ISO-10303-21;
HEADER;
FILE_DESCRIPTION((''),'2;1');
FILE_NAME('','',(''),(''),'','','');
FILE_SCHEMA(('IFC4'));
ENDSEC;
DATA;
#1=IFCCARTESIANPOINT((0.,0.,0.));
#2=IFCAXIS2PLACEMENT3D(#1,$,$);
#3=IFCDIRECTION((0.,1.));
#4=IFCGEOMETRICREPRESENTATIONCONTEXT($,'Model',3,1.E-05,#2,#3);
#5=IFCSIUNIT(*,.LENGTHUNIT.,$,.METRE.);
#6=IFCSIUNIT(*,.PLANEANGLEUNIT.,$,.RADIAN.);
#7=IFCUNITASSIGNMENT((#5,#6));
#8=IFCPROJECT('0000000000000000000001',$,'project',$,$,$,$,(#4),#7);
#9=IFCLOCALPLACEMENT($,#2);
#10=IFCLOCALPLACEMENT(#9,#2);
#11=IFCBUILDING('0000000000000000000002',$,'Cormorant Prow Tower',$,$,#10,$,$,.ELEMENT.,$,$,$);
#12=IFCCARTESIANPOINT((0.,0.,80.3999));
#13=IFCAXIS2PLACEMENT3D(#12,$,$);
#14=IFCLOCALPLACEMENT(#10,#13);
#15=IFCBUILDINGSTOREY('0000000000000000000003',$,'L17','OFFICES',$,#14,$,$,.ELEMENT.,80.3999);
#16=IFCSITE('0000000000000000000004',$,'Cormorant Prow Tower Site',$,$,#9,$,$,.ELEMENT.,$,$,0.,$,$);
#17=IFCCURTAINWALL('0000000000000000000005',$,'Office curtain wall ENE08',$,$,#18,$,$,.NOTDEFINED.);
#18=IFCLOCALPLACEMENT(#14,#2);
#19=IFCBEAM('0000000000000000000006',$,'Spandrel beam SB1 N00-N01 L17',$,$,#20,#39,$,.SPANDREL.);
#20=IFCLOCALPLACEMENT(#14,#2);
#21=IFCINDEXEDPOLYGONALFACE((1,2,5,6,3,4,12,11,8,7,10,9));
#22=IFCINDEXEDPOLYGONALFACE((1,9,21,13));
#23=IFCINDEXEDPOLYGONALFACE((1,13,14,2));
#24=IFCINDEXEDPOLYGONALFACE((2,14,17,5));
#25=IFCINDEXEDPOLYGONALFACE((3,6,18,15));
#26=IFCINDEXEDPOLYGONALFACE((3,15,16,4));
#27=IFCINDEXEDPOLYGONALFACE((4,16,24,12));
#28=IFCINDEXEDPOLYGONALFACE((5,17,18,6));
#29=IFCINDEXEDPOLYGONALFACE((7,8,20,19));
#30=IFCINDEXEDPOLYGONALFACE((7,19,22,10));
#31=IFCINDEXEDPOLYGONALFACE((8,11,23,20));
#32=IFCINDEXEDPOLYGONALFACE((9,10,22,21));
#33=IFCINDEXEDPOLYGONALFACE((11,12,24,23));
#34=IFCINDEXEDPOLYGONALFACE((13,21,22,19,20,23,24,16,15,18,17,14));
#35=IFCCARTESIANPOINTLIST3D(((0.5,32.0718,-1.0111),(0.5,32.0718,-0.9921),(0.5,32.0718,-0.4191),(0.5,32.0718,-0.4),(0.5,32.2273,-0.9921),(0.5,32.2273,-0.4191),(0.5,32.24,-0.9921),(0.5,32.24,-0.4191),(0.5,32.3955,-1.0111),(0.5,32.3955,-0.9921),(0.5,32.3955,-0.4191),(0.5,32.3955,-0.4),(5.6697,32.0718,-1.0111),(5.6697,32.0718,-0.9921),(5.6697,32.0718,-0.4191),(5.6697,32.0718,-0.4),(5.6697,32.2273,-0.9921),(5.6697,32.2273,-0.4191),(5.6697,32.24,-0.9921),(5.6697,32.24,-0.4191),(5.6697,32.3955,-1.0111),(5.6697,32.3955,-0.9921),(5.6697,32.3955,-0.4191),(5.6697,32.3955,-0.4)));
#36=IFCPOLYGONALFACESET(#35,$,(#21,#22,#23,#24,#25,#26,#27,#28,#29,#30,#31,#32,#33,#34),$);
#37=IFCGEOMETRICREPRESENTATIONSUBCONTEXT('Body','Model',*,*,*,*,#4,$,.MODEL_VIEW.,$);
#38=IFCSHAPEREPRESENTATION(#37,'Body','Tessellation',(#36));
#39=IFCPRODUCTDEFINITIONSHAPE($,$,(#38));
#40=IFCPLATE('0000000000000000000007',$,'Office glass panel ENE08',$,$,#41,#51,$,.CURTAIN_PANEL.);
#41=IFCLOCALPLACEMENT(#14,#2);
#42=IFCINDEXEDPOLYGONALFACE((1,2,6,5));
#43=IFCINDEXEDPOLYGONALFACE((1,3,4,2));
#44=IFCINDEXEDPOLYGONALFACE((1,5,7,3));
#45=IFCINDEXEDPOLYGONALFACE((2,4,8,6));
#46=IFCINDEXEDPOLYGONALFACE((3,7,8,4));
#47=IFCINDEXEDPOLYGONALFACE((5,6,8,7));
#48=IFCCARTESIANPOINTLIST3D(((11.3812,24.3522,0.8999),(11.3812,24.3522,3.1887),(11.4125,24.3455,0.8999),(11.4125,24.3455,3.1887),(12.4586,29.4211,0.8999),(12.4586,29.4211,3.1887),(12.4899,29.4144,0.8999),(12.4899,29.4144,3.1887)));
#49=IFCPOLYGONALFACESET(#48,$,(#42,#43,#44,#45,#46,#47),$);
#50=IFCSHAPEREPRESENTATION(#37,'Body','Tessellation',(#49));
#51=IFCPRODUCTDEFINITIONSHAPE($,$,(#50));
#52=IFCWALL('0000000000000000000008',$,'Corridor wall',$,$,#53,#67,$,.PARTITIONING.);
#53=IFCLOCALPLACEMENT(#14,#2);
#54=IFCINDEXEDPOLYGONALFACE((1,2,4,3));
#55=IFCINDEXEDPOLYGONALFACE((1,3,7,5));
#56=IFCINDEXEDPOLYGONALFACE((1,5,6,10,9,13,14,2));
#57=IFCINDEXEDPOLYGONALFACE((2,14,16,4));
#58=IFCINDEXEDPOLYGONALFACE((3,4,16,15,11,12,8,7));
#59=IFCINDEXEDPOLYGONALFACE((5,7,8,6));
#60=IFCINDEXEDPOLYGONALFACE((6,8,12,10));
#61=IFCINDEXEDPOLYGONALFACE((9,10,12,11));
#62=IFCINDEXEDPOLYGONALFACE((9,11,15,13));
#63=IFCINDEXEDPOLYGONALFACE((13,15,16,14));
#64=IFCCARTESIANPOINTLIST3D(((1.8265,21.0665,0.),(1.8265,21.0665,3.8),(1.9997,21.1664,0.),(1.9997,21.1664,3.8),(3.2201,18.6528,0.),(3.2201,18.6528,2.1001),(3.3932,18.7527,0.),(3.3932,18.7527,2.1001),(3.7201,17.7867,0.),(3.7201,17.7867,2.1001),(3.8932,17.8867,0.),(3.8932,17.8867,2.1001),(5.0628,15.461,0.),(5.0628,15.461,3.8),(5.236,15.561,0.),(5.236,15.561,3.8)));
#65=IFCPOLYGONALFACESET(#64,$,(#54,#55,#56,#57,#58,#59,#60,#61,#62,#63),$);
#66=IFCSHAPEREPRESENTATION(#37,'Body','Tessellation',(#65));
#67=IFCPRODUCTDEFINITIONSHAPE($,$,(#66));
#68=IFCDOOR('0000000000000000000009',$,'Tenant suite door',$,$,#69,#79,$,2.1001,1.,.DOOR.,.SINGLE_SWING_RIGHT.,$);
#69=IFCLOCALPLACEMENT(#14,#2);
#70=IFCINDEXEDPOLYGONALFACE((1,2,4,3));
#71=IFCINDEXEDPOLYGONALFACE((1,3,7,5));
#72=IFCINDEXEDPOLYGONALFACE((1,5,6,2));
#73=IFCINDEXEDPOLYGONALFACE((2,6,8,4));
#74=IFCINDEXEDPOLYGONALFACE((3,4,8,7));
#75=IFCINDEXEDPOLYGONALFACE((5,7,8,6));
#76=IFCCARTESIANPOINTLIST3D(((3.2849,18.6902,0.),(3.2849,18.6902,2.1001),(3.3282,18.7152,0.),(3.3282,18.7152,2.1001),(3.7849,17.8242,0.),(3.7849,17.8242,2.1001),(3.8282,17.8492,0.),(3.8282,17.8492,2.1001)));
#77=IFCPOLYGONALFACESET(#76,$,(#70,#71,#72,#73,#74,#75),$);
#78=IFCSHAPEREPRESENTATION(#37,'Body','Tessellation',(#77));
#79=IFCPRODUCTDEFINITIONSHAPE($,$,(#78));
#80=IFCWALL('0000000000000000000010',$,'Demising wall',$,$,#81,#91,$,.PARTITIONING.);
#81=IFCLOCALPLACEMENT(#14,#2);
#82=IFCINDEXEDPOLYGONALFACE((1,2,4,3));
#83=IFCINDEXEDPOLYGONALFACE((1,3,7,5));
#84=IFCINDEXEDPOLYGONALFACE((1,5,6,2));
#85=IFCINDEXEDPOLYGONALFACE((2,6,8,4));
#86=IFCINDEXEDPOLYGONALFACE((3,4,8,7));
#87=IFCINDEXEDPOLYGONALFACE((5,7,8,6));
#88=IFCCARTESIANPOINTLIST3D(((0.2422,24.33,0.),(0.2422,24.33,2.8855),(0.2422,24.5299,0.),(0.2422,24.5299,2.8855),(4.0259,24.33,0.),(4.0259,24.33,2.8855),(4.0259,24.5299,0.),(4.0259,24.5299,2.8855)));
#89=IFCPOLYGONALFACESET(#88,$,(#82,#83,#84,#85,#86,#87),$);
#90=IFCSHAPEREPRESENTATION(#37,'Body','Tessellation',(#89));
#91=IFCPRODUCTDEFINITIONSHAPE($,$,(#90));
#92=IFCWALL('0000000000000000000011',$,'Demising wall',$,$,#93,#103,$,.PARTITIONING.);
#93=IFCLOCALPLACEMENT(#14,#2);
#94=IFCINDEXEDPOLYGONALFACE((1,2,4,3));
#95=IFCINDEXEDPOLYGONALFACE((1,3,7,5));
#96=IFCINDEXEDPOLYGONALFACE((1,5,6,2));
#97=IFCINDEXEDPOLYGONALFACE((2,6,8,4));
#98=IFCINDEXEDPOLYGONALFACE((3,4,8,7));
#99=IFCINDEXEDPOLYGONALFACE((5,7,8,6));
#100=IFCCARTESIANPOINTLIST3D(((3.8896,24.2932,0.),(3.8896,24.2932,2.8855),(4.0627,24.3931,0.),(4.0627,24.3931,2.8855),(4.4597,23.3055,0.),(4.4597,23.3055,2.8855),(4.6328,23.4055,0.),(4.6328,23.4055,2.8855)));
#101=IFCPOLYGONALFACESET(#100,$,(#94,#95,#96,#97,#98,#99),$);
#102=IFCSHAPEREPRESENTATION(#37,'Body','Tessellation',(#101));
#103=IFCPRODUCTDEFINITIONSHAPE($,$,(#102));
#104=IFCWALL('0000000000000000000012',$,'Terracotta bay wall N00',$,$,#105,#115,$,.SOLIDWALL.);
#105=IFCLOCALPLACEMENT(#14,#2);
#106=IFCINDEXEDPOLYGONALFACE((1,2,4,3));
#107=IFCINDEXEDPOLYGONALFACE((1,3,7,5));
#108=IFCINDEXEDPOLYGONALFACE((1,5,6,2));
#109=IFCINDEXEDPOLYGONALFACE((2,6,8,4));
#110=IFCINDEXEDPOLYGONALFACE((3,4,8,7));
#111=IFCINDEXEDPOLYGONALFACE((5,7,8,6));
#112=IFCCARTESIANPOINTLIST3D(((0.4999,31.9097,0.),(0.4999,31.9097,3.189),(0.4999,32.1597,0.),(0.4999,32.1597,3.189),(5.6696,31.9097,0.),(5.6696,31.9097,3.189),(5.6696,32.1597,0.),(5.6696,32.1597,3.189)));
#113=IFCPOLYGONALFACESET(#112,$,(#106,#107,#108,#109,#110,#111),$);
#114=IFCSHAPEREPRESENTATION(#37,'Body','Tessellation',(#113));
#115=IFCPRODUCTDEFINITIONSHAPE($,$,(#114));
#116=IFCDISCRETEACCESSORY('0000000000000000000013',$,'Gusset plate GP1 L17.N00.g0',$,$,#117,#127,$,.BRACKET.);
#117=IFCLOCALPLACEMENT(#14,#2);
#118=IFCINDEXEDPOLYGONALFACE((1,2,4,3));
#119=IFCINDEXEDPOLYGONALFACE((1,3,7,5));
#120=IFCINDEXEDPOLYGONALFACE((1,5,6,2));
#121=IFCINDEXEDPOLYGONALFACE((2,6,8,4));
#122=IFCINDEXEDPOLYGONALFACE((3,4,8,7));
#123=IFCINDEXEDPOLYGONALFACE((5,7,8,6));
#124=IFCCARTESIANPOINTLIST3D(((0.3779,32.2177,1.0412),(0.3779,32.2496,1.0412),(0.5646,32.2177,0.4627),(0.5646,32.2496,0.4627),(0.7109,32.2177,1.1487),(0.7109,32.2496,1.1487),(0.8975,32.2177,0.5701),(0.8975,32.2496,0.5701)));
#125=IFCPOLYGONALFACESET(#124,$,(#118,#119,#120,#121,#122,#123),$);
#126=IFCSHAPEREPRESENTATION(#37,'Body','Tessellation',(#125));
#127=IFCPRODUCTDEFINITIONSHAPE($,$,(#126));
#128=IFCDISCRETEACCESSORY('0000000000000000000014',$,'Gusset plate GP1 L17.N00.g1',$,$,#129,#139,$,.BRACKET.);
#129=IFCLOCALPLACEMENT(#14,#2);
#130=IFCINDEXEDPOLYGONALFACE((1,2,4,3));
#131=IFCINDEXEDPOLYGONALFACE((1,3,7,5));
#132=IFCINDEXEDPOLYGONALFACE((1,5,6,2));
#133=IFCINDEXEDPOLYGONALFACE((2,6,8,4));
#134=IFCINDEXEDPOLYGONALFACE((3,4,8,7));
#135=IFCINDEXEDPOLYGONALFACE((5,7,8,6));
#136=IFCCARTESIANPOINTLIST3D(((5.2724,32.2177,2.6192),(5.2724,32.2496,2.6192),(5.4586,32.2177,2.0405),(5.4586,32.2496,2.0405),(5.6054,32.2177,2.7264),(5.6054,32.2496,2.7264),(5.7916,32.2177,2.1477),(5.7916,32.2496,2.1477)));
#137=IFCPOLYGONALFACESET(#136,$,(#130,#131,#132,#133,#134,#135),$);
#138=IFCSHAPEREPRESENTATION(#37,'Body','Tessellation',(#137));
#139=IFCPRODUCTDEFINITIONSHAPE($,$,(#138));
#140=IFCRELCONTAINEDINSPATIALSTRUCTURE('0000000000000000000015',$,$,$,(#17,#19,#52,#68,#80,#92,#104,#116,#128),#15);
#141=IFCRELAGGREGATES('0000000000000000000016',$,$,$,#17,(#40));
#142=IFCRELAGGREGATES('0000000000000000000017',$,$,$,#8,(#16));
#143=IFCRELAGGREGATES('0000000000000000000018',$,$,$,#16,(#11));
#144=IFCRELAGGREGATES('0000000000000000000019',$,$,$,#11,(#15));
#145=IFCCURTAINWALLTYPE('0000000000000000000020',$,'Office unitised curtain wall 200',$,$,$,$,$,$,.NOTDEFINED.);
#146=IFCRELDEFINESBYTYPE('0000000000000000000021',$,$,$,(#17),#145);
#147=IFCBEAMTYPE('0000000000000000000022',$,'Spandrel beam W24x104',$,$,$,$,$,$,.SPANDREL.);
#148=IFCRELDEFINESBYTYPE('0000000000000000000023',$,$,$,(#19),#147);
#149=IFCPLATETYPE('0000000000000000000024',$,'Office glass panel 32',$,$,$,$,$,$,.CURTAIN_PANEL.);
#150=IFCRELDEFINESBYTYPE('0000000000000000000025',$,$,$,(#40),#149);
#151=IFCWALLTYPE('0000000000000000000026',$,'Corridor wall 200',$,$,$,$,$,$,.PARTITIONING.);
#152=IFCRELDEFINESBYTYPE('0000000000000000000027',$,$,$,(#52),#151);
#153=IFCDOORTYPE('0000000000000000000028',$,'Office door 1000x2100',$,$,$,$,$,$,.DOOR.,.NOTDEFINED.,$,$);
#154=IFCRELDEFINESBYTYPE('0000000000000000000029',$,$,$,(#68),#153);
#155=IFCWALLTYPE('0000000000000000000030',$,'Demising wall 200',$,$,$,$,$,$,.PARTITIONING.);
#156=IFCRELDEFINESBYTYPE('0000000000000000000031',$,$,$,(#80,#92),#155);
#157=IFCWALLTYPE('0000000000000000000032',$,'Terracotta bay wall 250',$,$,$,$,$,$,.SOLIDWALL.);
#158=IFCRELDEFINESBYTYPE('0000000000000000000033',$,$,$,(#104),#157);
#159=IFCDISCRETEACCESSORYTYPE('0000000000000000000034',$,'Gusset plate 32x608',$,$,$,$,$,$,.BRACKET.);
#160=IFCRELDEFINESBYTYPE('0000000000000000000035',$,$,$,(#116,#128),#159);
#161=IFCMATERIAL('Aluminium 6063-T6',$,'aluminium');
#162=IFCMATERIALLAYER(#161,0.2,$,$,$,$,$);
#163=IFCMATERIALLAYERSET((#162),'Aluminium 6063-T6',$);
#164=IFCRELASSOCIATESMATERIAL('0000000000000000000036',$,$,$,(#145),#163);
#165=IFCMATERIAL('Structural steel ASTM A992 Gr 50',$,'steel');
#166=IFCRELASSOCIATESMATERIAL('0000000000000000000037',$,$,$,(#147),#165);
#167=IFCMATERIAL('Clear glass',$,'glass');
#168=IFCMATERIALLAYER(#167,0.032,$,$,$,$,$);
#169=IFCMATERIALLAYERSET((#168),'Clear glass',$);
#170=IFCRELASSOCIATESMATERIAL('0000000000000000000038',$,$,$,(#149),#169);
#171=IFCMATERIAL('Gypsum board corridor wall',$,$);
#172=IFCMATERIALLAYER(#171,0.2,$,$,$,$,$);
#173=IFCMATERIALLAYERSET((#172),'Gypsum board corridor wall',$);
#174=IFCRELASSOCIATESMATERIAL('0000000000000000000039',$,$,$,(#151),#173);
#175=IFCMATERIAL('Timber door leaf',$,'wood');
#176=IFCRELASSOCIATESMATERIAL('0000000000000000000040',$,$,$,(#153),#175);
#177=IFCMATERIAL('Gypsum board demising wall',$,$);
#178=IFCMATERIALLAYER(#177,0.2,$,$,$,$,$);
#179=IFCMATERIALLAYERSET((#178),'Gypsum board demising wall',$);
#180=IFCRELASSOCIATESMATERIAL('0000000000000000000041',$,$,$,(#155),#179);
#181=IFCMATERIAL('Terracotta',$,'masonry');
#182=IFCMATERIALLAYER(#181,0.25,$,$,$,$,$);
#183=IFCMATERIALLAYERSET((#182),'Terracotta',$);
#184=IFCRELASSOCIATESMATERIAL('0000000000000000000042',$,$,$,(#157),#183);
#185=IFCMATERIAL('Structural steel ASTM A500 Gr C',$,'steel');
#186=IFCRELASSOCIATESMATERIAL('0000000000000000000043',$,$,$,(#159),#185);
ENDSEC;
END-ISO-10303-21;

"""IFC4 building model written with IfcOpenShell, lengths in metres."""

from ifc_helpers import new_model, si_unit, direction, frame, frame_2d, origin, origin_2d, place, context, subcontext, project, spatial, rectangle, i_section, extrude, material, layer, layer_set, material_profile, profile_set, type_object, element, fill, aggregate, save


model = new_model("IFC4")

# Units and contexts
model_context = context("Model", 3, precision=1e-05, world=origin(), true_north=direction((0.0, 1.0)))
body_context = subcontext(model_context, "Body", "Model", "MODEL_VIEW")
ifc_project = project(units=[si_unit("LENGTHUNIT", "METRE"), si_unit("PLANEANGLEUNIT", "RADIAN")], contexts=[model_context])

# Site, building, storey
site_placement = place(None, origin())
site = spatial("IfcSite", under=ifc_project, at=site_placement, Name="Cormorant Prow Tower Site", CompositionType="ELEMENT", RefElevation=0.0)
building_placement = place(site_placement, origin())
building = spatial("IfcBuilding", under=site, at=building_placement, Name="Cormorant Prow Tower", CompositionType="ELEMENT")
storey_placement = place(building_placement, frame((0.0, 0.0, 80.3999)))
storey = spatial("IfcBuildingStorey", under=building, at=storey_placement, Name="L17", Description="OFFICES", CompositionType="ELEMENT", Elevation=80.3999)

# Curtain wall
ifc_material_1 = material(Name="Aluminium 6063-T6", Category="aluminium")
ifc_layer_1 = layer(ifc_material_1, 0.2)
ifc_layer_set_1 = layer_set([ifc_layer_1], Name="Aluminium 6063-T6")
curtain_wall_type = type_object("IfcCurtainWallType", Name="Office unitised curtain wall 200", PredefinedType="NOTDEFINED", material=ifc_layer_set_1)
curtain_wall_placement = place(storey_placement, origin())
curtain_wall = element("IfcCurtainWall", 1, at=curtain_wall_placement, inside=storey, type_object=curtain_wall_type, Name="Office curtain wall ENE08", PredefinedType="NOTDEFINED")

# Beam
ifc_material_2 = material(Name="Structural steel ASTM A992 Gr 50", Category="steel")
ifc_material_profile_1 = material_profile(ifc_material_2, i_section(OverallWidth=0.3237, OverallDepth=0.6111, WebThickness=0.0127, FlangeThickness=0.019, at=origin_2d()), Name="W24x104")
ifc_profile_set_1 = profile_set([ifc_material_profile_1], Name="Structural steel ASTM A992 Gr 50")
beam_type = type_object("IfcBeamType", Name="Spandrel beam W24x104", PredefinedType="SPANDREL", material=ifc_profile_set_1)
beam_1_placement = place(storey_placement, frame((5.6697, 32.2336, -0.7056), z_axis=(-1.0, 0.0, 0.0), x_axis=(0.0, -1.0, 0.0)))
element("IfcBeam", 2, at=beam_1_placement, inside=storey, type_object=beam_type, Name="Spandrel beam SB1 N00-N01 L17", PredefinedType="SPANDREL", context=body_context, shape_type="SweptSolid", body=[
    extrude(i_section(OverallWidth=0.3237, OverallDepth=0.6111, WebThickness=0.0127, FlangeThickness=0.019, at=origin_2d()), origin(), (0.0, 0.0, 1.0), 5.1697),
])

# Plate
ifc_material_3 = material(Name="Clear glass", Category="glass")
ifc_layer_2 = layer(ifc_material_3, 0.032)
ifc_layer_set_2 = layer_set([ifc_layer_2], Name="Clear glass")
plate_type = type_object("IfcPlateType", Name="Office glass panel 32", PredefinedType="CURTAIN_PANEL", material=ifc_layer_set_2)
plate_placement = place(storey_placement, frame((11.9355, 26.8833, 0.8999), z_axis=(0.0, 0.0, 1.0), x_axis=(0.207912, 0.978148, 0.0)))
plate = element("IfcPlate", 3, at=plate_placement, type_object=plate_type, Name="Office glass panel ENE08", PredefinedType="CURTAIN_PANEL", context=body_context, shape_type="SweptSolid", body=[
    extrude(rectangle(XDim=5.1821, YDim=0.032, at=origin_2d()), origin(), (0.0, 0.0, 1.0), 2.2888),
])
aggregate(curtain_wall, [plate])

# Wall, opening, door
ifc_material_4 = material(Name="Gypsum board corridor wall")
ifc_layer_3 = layer(ifc_material_4, 0.2)
ifc_layer_set_3 = layer_set([ifc_layer_3], Name="Gypsum board corridor wall")
wall_type_1 = type_object("IfcWallType", Name="Corridor wall 200", PredefinedType="PARTITIONING", material=ifc_layer_set_3)
wall_1_placement = place(storey_placement, frame((1.9131, 21.1165, 0.0), z_axis=(0.0, 0.0, 1.0), x_axis=(0.500001, -0.866025, 0.0)))
wall_1 = element("IfcWall", 4, at=wall_1_placement, inside=storey, type_object=wall_type_1, Name="Corridor wall", PredefinedType="PARTITIONING", context=body_context, shape_type="SweptSolid", body=[
    extrude(rectangle(XDim=6.4727, YDim=0.2, at=frame_2d((3.2363, 0.0))), origin(), (0.0, 0.0, 1.0), 3.8),
])
opening_1_placement = place(wall_1_placement, frame((2.7871, 0.0, 0.0)))
opening_1 = element("IfcOpeningElement", 5, at=opening_1_placement, cuts=wall_1, PredefinedType="OPENING", context=body_context, shape_type="SweptSolid", body=[
    extrude(rectangle(XDim=1.0, YDim=2.1001, at=frame_2d((0.5, 1.05))), frame((0.0, 0.1099, 0.0), z_axis=(0.0, -1.0, 0.0), x_axis=(1.0, 0.0, 0.0)), (0.0, 0.0, 1.0), 0.22),
])
ifc_material_5 = material(Name="Timber door leaf", Category="wood")
door_type_1 = type_object("IfcDoorType", Name="Office door 1000x2100", OperationType="NOTDEFINED", PredefinedType="DOOR", material=ifc_material_5)
door_1_placement = place(opening_1_placement, origin())
door_1 = element("IfcDoor", 6, at=door_1_placement, inside=storey, type_object=door_type_1, Name="Tenant suite door", OperationType="SINGLE_SWING_RIGHT", OverallHeight=2.1001, OverallWidth=1.0, PredefinedType="DOOR", context=body_context, shape_type="SweptSolid", body=[
    extrude(rectangle(XDim=1.0, YDim=2.1001, at=frame_2d((0.5, 1.05))), frame((0.0, 0.0249, 0.0), z_axis=(0.0, -1.0, 0.0), x_axis=(1.0, 0.0, 0.0)), (0.0, 0.0, 1.0), 0.05),
])
fill(opening_1, door_1)

# Walls
ifc_material_6 = material(Name="Gypsum board demising wall")
ifc_layer_4 = layer(ifc_material_6, 0.2)
ifc_layer_set_4 = layer_set([ifc_layer_4], Name="Gypsum board demising wall")
wall_type_2 = type_object("IfcWallType", Name="Demising wall 200", PredefinedType="PARTITIONING", material=ifc_layer_set_4)
wall_2_placement = place(storey_placement, frame((0.2422, 24.4299, 0.0), z_axis=(0.0, 0.0, 1.0), x_axis=(1.0, 0.0, 0.0)))
element("IfcWall", 7, at=wall_2_placement, inside=storey, type_object=wall_type_2, Name="Demising wall", PredefinedType="PARTITIONING", context=body_context, shape_type="SweptSolid", body=[
    extrude(rectangle(XDim=3.7837, YDim=0.2, at=frame_2d((1.8918, 0.0))), origin(), (0.0, 0.0, 1.0), 2.8855),
])
wall_3_placement = place(storey_placement, frame((3.9761, 24.3433, 0.0), z_axis=(0.0, 0.0, 1.0), x_axis=(0.499939, -0.866061, 0.0)))
element("IfcWall", 8, at=wall_3_placement, inside=storey, type_object=wall_type_2, Name="Demising wall", PredefinedType="PARTITIONING", context=body_context, shape_type="SweptSolid", body=[
    extrude(rectangle(XDim=1.1404, YDim=0.2, at=frame_2d((0.5703, 0.0))), origin(), (0.0, 0.0, 1.0), 2.8855),
])
ifc_material_7 = material(Name="Terracotta", Category="masonry")
ifc_layer_5 = layer(ifc_material_7, 0.25)
ifc_layer_set_5 = layer_set([ifc_layer_5], Name="Terracotta")
wall_type_3 = type_object("IfcWallType", Name="Terracotta bay wall 250", PredefinedType="SOLIDWALL", material=ifc_layer_set_5)
wall_4_placement = place(storey_placement, frame((5.6697, 32.0347, 0.0), z_axis=(0.0, 0.0, 1.0), x_axis=(-1.0, 0.0, 0.0)))
element("IfcWall", 9, at=wall_4_placement, inside=storey, type_object=wall_type_3, Name="Terracotta bay wall N00", PredefinedType="SOLIDWALL", context=body_context, shape_type="SweptSolid", body=[
    extrude(rectangle(XDim=5.1697, YDim=0.25, at=frame_2d((2.585, 0.0))), origin(), (0.0, 0.0, 1.0), 3.189),
])

# Discrete accessories
ifc_material_8 = material(Name="Structural steel ASTM A500 Gr C", Category="steel")
ifc_material_profile_2 = material_profile(ifc_material_8, rectangle(XDim=0.032, YDim=0.6079, at=origin_2d()), Name="Gusset plate 32x608")
ifc_profile_set_2 = profile_set([ifc_material_profile_2], Name="Structural steel ASTM A500 Gr C")
discrete_accessory_type = type_object("IfcDiscreteAccessoryType", Name="Gusset plate 32x608", PredefinedType="BRACKET", material=ifc_profile_set_2)
for number, where, z_axis, x_axis, name in (
    (10, (0.8042, 32.2336, 0.8594), (-0.951709, 0.0, -0.307003), (0.0, -1.0, 0.0), "Gusset plate GP1 L17.N00.g0"),
    (11, (5.3655, 32.2336, 2.3298), (0.951912, 0.0, 0.306371), (0.0, 1.0, 0.0), "Gusset plate GP1 L17.N00.g1"),
):
    element("IfcDiscreteAccessory", number, at=place(storey_placement, frame(where, z_axis=z_axis, x_axis=x_axis)), inside=storey, type_object=discrete_accessory_type, Name=name, PredefinedType="BRACKET", context=body_context, shape_type="SweptSolid", body=[
        extrude(rectangle(XDim=0.032, YDim=0.6079, at=origin_2d()), origin(), (0.0, 0.0, 1.0), 0.3499),
    ])

save(model, "model.ifc")
